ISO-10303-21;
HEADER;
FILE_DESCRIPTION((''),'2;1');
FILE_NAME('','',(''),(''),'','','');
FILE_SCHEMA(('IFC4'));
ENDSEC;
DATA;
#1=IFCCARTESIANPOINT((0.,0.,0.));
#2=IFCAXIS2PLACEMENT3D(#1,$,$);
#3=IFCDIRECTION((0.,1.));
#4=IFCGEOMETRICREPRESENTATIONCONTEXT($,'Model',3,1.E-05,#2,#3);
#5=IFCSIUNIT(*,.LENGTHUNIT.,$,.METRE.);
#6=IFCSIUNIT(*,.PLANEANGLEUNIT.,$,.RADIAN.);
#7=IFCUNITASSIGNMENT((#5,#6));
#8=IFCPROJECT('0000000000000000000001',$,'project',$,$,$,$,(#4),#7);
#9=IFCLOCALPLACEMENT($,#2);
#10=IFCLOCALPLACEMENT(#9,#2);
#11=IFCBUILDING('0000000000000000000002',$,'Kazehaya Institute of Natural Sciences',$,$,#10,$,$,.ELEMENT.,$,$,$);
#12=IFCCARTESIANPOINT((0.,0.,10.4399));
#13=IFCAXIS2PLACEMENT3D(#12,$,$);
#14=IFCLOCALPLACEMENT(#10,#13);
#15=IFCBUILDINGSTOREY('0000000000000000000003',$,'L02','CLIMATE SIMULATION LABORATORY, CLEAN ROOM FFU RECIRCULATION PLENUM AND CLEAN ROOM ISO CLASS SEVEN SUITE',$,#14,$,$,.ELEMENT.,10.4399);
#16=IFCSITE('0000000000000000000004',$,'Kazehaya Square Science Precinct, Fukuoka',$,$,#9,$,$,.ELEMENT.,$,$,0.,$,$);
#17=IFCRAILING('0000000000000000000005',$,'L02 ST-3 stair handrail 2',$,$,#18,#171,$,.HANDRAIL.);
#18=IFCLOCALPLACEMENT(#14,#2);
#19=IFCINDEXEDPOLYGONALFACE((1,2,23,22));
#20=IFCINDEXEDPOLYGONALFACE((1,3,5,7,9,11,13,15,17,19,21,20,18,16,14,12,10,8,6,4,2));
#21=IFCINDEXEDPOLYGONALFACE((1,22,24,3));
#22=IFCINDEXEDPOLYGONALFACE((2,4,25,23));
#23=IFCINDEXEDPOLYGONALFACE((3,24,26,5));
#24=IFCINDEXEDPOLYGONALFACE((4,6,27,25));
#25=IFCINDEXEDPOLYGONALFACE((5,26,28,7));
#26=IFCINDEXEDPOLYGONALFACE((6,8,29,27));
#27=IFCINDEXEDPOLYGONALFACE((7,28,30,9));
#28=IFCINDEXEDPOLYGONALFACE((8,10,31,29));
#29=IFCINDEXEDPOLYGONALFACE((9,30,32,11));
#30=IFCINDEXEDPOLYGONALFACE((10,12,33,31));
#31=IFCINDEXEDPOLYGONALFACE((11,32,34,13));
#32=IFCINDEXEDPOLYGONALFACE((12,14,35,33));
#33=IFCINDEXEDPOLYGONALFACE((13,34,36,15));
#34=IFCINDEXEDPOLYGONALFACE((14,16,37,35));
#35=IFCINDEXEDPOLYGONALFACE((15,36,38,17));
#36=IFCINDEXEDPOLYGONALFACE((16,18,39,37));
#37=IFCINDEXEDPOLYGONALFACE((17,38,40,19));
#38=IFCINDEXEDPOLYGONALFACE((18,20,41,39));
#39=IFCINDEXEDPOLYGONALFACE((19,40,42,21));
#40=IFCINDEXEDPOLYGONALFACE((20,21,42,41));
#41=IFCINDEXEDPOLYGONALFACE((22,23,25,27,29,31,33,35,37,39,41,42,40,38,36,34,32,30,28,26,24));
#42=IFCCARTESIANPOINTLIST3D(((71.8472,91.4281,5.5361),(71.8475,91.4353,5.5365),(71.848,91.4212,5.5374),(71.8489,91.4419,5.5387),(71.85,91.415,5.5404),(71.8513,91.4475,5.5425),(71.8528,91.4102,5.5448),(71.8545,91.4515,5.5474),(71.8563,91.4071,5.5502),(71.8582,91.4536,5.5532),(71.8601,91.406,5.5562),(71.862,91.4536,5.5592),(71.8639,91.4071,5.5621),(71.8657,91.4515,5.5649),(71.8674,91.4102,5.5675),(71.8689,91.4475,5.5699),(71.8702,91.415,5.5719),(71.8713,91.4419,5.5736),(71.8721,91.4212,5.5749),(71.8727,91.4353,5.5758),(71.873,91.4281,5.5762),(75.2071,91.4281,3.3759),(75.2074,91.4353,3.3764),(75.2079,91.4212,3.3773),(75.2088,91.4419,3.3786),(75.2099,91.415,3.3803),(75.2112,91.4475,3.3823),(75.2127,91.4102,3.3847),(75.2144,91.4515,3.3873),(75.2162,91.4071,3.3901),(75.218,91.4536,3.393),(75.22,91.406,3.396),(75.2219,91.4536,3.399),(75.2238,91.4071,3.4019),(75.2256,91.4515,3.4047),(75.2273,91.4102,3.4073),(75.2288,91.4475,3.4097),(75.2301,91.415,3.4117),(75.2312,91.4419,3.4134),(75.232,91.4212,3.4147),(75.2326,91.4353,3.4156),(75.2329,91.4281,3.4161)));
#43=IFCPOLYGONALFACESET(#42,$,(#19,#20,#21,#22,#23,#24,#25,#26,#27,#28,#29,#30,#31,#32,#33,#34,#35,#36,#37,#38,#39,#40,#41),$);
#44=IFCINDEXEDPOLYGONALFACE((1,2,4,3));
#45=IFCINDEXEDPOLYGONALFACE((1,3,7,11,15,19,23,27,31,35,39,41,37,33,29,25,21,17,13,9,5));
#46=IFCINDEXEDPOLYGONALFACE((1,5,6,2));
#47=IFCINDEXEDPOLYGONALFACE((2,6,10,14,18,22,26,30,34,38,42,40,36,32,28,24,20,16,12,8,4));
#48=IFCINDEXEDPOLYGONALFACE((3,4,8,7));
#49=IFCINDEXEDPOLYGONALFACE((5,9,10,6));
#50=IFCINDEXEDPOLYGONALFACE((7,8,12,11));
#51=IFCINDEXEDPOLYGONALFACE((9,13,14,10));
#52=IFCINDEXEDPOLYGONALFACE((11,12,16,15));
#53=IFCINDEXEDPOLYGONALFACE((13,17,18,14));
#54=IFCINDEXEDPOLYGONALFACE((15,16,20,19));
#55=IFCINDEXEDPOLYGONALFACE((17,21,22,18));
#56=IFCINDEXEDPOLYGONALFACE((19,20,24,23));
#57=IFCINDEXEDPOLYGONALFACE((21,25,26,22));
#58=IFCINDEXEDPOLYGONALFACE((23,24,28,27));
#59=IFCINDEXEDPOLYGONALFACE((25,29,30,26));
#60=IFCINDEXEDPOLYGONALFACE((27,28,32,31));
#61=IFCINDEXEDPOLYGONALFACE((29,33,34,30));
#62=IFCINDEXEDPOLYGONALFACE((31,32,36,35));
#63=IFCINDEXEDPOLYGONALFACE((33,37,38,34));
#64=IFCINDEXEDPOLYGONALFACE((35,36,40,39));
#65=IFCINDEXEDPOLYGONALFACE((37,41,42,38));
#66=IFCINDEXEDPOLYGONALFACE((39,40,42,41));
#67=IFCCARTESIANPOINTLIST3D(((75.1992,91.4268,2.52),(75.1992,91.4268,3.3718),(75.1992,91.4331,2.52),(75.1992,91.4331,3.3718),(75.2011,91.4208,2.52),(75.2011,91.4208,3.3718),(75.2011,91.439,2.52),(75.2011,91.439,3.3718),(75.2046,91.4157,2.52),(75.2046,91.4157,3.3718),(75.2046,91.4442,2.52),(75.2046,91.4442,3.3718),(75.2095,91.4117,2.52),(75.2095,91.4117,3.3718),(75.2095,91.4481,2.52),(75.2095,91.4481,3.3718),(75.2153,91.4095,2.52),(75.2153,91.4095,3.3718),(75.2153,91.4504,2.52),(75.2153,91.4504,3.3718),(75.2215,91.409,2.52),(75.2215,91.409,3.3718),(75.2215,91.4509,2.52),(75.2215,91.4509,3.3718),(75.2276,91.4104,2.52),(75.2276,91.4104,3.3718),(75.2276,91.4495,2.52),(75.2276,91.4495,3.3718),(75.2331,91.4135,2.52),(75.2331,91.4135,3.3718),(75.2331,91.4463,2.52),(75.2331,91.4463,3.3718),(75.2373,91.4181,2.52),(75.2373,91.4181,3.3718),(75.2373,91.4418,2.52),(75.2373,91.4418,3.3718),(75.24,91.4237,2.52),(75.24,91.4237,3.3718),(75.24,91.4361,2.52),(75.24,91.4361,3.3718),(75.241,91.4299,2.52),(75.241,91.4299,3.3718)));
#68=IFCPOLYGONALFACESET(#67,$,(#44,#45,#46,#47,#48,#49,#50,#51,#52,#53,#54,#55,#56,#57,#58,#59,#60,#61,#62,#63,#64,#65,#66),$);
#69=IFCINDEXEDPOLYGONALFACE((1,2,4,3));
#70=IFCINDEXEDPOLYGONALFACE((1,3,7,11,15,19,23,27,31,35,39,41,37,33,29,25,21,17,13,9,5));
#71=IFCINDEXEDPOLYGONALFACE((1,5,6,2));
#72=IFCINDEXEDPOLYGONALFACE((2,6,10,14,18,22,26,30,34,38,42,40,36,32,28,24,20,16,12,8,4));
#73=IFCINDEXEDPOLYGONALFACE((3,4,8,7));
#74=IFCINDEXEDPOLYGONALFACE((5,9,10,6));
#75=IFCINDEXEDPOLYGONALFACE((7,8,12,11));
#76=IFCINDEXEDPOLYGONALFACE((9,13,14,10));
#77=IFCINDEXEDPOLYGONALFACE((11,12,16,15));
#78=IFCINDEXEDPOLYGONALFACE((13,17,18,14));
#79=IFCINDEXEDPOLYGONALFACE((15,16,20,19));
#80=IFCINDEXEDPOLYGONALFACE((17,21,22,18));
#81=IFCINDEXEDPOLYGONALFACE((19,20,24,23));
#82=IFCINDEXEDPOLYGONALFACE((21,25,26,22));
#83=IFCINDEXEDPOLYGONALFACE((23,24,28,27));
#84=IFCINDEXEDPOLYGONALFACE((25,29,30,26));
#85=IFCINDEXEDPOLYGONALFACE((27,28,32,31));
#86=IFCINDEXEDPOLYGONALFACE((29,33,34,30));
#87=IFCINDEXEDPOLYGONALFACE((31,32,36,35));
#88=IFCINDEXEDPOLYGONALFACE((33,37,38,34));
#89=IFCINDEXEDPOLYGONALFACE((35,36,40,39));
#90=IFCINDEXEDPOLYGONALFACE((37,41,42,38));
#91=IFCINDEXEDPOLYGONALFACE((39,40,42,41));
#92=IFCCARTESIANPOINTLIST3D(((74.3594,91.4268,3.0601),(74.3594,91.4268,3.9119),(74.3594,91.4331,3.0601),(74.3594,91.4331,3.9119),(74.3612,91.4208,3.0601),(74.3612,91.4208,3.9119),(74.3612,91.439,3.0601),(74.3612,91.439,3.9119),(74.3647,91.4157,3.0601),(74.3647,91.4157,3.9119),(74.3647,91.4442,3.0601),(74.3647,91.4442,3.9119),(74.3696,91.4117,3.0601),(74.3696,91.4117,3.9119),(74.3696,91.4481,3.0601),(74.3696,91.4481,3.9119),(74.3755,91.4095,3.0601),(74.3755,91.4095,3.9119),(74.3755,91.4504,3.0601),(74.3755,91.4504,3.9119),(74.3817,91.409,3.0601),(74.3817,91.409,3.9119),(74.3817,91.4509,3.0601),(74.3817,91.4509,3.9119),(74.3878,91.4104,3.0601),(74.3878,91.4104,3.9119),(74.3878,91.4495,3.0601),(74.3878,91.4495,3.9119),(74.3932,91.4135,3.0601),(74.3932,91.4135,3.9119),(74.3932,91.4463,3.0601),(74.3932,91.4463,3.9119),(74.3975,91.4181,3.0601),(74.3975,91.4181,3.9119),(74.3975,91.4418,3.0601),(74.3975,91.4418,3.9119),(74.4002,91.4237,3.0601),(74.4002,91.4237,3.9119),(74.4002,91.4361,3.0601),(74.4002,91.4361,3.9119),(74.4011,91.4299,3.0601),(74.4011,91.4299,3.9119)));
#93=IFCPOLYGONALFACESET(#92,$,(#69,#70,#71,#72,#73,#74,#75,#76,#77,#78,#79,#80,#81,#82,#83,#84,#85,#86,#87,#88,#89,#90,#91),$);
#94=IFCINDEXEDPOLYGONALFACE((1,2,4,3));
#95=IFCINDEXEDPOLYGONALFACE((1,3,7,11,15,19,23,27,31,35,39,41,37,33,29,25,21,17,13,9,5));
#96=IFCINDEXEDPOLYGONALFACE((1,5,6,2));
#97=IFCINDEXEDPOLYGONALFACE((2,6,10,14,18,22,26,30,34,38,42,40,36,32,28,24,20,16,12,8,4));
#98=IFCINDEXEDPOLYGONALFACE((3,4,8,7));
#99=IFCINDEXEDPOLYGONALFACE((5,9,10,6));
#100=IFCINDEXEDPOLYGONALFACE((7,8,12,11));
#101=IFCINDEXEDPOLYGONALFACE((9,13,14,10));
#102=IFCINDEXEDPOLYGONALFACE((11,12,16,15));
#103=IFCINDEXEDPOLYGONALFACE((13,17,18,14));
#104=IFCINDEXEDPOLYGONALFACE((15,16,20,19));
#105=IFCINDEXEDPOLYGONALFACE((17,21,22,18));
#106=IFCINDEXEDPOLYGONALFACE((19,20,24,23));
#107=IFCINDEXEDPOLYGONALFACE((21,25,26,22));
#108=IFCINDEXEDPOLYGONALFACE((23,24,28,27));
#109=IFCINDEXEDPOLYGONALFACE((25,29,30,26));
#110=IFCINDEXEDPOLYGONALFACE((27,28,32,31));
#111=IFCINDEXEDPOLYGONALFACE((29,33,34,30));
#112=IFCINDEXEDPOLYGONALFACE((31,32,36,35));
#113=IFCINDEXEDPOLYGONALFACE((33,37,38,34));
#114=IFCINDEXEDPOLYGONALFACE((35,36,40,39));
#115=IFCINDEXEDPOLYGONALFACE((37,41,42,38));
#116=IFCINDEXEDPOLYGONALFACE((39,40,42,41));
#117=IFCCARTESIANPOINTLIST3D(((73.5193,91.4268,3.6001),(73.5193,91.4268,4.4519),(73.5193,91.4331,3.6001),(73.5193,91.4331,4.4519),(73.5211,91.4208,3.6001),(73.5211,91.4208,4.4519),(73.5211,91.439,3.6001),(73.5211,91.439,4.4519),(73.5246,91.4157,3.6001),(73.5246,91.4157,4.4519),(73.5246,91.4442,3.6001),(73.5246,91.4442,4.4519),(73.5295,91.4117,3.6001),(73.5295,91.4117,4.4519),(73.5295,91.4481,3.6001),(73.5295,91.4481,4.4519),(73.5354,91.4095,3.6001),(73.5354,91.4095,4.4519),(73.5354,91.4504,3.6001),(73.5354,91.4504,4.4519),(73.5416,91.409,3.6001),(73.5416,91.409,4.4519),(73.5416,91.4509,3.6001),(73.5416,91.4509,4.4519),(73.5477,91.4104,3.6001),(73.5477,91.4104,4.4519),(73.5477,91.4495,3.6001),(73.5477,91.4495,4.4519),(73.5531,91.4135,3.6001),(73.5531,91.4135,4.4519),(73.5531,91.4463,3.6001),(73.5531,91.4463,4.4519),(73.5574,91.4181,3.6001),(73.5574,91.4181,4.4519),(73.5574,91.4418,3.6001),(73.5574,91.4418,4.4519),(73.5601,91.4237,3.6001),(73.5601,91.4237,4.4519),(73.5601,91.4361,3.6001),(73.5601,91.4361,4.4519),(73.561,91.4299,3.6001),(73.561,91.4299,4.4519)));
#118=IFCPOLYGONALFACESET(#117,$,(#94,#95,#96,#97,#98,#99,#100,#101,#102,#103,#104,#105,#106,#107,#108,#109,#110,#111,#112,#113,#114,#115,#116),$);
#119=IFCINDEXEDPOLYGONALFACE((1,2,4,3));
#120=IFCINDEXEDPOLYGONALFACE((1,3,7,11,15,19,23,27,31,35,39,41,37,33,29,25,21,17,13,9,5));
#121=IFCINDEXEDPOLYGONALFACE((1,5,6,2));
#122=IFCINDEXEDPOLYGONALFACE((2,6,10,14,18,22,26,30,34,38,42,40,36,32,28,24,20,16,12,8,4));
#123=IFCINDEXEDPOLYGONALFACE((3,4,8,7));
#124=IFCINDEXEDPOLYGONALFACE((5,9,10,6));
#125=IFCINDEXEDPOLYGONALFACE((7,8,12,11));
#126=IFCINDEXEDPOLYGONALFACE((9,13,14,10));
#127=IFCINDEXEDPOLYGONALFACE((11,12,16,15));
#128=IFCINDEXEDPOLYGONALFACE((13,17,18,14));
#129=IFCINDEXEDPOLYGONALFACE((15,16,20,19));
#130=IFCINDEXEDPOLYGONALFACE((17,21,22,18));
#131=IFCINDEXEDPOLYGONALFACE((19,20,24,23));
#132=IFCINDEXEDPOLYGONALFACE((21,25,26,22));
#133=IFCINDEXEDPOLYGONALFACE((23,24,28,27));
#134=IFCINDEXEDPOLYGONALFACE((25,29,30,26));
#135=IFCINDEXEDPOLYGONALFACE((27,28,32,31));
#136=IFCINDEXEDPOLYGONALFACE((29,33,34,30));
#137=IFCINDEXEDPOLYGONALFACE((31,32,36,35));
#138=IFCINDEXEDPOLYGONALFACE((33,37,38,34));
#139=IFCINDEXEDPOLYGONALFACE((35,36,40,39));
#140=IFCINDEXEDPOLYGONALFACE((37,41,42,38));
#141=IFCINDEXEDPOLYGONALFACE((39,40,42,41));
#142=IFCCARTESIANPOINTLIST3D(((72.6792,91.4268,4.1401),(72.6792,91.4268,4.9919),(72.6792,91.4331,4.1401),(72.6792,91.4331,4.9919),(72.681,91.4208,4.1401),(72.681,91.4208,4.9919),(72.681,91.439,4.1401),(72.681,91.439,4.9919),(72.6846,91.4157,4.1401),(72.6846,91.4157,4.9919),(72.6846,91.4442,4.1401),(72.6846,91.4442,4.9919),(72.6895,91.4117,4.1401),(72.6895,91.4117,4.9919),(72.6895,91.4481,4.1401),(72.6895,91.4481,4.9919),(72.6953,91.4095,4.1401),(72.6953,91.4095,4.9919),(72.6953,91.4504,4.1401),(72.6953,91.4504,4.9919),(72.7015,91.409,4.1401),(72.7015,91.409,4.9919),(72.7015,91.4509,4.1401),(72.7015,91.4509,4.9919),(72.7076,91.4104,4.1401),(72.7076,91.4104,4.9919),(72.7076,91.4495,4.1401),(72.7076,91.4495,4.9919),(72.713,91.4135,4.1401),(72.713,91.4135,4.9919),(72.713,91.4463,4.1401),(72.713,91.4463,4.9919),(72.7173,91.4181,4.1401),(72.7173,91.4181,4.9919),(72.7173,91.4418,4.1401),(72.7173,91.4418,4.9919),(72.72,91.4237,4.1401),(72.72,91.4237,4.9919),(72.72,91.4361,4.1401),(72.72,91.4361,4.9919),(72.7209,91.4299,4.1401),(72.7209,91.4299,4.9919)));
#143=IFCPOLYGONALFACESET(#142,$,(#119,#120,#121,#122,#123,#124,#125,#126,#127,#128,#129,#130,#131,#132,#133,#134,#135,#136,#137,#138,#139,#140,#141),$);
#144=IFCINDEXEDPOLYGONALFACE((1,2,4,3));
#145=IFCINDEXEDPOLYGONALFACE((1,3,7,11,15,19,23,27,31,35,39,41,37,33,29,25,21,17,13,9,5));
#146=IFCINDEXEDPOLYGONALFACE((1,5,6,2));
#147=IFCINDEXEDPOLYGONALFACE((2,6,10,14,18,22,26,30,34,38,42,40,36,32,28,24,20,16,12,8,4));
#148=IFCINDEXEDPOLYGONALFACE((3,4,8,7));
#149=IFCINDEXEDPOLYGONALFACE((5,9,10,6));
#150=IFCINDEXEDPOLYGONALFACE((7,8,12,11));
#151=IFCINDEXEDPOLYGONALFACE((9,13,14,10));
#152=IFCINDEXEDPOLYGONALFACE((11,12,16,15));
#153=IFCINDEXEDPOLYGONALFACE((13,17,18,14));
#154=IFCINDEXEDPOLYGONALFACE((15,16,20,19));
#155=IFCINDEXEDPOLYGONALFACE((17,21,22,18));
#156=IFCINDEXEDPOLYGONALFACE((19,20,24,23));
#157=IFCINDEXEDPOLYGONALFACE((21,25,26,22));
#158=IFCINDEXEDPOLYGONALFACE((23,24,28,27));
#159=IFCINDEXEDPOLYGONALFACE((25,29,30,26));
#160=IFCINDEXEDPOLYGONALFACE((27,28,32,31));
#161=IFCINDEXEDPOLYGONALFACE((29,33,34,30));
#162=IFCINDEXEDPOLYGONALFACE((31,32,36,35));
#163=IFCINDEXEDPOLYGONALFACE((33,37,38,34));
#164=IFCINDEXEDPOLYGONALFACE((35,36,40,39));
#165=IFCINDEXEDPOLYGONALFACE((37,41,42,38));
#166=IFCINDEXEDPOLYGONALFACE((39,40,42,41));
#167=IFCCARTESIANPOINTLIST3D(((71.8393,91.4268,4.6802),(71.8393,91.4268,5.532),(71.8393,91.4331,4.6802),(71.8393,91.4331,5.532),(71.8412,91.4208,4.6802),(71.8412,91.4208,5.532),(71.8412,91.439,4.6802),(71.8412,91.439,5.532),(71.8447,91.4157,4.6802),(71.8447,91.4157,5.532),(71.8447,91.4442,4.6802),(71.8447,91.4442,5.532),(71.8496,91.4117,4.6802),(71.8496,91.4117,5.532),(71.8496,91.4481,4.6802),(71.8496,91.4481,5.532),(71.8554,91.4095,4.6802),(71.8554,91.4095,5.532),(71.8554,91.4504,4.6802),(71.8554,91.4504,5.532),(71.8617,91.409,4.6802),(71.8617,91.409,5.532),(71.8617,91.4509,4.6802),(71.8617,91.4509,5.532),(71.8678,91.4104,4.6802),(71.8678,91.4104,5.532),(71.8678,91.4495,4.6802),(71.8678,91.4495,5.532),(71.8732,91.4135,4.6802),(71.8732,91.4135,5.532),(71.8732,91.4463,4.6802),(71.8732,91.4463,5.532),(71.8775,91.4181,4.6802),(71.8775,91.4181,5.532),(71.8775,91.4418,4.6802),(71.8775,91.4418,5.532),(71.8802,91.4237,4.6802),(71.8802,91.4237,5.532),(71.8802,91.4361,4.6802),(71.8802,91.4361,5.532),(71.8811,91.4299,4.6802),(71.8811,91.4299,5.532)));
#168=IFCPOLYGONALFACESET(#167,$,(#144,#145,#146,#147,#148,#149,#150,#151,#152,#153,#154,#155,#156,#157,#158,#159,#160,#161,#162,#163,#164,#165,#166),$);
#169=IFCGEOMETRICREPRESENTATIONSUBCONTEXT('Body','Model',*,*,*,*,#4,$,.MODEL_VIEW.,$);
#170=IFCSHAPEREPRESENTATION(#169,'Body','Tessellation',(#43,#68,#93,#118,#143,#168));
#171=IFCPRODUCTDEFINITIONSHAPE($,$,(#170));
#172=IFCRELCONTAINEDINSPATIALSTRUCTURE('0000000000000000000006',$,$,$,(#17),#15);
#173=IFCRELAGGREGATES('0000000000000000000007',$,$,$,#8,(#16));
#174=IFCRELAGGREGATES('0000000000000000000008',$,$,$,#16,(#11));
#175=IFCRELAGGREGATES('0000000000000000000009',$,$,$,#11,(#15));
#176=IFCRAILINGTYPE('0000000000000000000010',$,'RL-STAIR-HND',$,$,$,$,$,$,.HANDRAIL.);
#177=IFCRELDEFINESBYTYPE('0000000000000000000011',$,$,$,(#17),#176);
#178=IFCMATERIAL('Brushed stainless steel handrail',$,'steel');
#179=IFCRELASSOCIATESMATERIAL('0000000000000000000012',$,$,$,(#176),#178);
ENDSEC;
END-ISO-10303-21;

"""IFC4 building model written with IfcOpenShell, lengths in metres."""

from ifc_helpers import new_model, si_unit, direction, frame, origin, origin_2d, place, context, subcontext, project, spatial, circle, extrude, material, type_object, element, save


model = new_model("IFC4")

# Units and contexts
model_context = context("Model", 3, precision=1e-05, world=origin(), true_north=direction((0.0, 1.0)))
body_context = subcontext(model_context, "Body", "Model", "MODEL_VIEW")
ifc_project = project(units=[si_unit("LENGTHUNIT", "METRE"), si_unit("PLANEANGLEUNIT", "RADIAN")], contexts=[model_context])

# Site, building, storey
site_placement = place(None, origin())
site = spatial("IfcSite", under=ifc_project, at=site_placement, Name="Kazehaya Square Science Precinct, Fukuoka", CompositionType="ELEMENT", RefElevation=0.0)
building_placement = place(site_placement, origin())
building = spatial("IfcBuilding", under=site, at=building_placement, Name="Kazehaya Institute of Natural Sciences", CompositionType="ELEMENT")
storey_placement = place(building_placement, frame((0.0, 0.0, 10.4399)))
storey = spatial("IfcBuildingStorey", under=building, at=storey_placement, Name="L02", Description="CLIMATE SIMULATION LABORATORY, CLEAN ROOM FFU RECIRCULATION PLENUM AND CLEAN ROOM ISO CLASS SEVEN SUITE", CompositionType="ELEMENT", Elevation=10.4399)

# Railing
ifc_material_1 = material(Name="Brushed stainless steel handrail", Category="steel")
railing_type_1 = type_object("IfcRailingType", Name="RL-STAIR-HND", PredefinedType="HANDRAIL", material=ifc_material_1)
railing_1_placement = place(storey_placement, frame((75.22, 91.4299, 2.52)))
element("IfcRailing", 1, at=railing_1_placement, inside=storey, type_object=railing_type_1, Name="L02 ST-3 stair handrail 2", PredefinedType="HANDRAIL", context=body_context, shape_type="SweptSolid", body=[
    extrude(circle(Radius=0.0239, at=origin_2d()), frame((0.0, 0.0, 0.876), z_axis=(-0.841151, 0.0, 0.540801), x_axis=(0.0, -1.0, 0.0)), (0.0, 0.0, 1.0), 3.9944),
    extrude(circle(Radius=0.021, at=origin_2d()), origin(), (0.0, 0.0, 1.0), 0.8518),
    extrude(circle(Radius=0.021, at=origin_2d()), frame((-0.8398, 0.0, 0.54)), (0.0, 0.0, 1.0), 0.8518),
    extrude(circle(Radius=0.021, at=origin_2d()), frame((-1.6799, 0.0, 1.0801)), (0.0, 0.0, 1.0), 0.8518),
    extrude(circle(Radius=0.021, at=origin_2d()), frame((-2.52, 0.0, 1.6201)), (0.0, 0.0, 1.0), 0.8518),
    extrude(circle(Radius=0.021, at=origin_2d()), frame((-3.3599, 0.0, 2.1602)), (0.0, 0.0, 1.0), 0.8518),
])

save(model, "model.ifc")
